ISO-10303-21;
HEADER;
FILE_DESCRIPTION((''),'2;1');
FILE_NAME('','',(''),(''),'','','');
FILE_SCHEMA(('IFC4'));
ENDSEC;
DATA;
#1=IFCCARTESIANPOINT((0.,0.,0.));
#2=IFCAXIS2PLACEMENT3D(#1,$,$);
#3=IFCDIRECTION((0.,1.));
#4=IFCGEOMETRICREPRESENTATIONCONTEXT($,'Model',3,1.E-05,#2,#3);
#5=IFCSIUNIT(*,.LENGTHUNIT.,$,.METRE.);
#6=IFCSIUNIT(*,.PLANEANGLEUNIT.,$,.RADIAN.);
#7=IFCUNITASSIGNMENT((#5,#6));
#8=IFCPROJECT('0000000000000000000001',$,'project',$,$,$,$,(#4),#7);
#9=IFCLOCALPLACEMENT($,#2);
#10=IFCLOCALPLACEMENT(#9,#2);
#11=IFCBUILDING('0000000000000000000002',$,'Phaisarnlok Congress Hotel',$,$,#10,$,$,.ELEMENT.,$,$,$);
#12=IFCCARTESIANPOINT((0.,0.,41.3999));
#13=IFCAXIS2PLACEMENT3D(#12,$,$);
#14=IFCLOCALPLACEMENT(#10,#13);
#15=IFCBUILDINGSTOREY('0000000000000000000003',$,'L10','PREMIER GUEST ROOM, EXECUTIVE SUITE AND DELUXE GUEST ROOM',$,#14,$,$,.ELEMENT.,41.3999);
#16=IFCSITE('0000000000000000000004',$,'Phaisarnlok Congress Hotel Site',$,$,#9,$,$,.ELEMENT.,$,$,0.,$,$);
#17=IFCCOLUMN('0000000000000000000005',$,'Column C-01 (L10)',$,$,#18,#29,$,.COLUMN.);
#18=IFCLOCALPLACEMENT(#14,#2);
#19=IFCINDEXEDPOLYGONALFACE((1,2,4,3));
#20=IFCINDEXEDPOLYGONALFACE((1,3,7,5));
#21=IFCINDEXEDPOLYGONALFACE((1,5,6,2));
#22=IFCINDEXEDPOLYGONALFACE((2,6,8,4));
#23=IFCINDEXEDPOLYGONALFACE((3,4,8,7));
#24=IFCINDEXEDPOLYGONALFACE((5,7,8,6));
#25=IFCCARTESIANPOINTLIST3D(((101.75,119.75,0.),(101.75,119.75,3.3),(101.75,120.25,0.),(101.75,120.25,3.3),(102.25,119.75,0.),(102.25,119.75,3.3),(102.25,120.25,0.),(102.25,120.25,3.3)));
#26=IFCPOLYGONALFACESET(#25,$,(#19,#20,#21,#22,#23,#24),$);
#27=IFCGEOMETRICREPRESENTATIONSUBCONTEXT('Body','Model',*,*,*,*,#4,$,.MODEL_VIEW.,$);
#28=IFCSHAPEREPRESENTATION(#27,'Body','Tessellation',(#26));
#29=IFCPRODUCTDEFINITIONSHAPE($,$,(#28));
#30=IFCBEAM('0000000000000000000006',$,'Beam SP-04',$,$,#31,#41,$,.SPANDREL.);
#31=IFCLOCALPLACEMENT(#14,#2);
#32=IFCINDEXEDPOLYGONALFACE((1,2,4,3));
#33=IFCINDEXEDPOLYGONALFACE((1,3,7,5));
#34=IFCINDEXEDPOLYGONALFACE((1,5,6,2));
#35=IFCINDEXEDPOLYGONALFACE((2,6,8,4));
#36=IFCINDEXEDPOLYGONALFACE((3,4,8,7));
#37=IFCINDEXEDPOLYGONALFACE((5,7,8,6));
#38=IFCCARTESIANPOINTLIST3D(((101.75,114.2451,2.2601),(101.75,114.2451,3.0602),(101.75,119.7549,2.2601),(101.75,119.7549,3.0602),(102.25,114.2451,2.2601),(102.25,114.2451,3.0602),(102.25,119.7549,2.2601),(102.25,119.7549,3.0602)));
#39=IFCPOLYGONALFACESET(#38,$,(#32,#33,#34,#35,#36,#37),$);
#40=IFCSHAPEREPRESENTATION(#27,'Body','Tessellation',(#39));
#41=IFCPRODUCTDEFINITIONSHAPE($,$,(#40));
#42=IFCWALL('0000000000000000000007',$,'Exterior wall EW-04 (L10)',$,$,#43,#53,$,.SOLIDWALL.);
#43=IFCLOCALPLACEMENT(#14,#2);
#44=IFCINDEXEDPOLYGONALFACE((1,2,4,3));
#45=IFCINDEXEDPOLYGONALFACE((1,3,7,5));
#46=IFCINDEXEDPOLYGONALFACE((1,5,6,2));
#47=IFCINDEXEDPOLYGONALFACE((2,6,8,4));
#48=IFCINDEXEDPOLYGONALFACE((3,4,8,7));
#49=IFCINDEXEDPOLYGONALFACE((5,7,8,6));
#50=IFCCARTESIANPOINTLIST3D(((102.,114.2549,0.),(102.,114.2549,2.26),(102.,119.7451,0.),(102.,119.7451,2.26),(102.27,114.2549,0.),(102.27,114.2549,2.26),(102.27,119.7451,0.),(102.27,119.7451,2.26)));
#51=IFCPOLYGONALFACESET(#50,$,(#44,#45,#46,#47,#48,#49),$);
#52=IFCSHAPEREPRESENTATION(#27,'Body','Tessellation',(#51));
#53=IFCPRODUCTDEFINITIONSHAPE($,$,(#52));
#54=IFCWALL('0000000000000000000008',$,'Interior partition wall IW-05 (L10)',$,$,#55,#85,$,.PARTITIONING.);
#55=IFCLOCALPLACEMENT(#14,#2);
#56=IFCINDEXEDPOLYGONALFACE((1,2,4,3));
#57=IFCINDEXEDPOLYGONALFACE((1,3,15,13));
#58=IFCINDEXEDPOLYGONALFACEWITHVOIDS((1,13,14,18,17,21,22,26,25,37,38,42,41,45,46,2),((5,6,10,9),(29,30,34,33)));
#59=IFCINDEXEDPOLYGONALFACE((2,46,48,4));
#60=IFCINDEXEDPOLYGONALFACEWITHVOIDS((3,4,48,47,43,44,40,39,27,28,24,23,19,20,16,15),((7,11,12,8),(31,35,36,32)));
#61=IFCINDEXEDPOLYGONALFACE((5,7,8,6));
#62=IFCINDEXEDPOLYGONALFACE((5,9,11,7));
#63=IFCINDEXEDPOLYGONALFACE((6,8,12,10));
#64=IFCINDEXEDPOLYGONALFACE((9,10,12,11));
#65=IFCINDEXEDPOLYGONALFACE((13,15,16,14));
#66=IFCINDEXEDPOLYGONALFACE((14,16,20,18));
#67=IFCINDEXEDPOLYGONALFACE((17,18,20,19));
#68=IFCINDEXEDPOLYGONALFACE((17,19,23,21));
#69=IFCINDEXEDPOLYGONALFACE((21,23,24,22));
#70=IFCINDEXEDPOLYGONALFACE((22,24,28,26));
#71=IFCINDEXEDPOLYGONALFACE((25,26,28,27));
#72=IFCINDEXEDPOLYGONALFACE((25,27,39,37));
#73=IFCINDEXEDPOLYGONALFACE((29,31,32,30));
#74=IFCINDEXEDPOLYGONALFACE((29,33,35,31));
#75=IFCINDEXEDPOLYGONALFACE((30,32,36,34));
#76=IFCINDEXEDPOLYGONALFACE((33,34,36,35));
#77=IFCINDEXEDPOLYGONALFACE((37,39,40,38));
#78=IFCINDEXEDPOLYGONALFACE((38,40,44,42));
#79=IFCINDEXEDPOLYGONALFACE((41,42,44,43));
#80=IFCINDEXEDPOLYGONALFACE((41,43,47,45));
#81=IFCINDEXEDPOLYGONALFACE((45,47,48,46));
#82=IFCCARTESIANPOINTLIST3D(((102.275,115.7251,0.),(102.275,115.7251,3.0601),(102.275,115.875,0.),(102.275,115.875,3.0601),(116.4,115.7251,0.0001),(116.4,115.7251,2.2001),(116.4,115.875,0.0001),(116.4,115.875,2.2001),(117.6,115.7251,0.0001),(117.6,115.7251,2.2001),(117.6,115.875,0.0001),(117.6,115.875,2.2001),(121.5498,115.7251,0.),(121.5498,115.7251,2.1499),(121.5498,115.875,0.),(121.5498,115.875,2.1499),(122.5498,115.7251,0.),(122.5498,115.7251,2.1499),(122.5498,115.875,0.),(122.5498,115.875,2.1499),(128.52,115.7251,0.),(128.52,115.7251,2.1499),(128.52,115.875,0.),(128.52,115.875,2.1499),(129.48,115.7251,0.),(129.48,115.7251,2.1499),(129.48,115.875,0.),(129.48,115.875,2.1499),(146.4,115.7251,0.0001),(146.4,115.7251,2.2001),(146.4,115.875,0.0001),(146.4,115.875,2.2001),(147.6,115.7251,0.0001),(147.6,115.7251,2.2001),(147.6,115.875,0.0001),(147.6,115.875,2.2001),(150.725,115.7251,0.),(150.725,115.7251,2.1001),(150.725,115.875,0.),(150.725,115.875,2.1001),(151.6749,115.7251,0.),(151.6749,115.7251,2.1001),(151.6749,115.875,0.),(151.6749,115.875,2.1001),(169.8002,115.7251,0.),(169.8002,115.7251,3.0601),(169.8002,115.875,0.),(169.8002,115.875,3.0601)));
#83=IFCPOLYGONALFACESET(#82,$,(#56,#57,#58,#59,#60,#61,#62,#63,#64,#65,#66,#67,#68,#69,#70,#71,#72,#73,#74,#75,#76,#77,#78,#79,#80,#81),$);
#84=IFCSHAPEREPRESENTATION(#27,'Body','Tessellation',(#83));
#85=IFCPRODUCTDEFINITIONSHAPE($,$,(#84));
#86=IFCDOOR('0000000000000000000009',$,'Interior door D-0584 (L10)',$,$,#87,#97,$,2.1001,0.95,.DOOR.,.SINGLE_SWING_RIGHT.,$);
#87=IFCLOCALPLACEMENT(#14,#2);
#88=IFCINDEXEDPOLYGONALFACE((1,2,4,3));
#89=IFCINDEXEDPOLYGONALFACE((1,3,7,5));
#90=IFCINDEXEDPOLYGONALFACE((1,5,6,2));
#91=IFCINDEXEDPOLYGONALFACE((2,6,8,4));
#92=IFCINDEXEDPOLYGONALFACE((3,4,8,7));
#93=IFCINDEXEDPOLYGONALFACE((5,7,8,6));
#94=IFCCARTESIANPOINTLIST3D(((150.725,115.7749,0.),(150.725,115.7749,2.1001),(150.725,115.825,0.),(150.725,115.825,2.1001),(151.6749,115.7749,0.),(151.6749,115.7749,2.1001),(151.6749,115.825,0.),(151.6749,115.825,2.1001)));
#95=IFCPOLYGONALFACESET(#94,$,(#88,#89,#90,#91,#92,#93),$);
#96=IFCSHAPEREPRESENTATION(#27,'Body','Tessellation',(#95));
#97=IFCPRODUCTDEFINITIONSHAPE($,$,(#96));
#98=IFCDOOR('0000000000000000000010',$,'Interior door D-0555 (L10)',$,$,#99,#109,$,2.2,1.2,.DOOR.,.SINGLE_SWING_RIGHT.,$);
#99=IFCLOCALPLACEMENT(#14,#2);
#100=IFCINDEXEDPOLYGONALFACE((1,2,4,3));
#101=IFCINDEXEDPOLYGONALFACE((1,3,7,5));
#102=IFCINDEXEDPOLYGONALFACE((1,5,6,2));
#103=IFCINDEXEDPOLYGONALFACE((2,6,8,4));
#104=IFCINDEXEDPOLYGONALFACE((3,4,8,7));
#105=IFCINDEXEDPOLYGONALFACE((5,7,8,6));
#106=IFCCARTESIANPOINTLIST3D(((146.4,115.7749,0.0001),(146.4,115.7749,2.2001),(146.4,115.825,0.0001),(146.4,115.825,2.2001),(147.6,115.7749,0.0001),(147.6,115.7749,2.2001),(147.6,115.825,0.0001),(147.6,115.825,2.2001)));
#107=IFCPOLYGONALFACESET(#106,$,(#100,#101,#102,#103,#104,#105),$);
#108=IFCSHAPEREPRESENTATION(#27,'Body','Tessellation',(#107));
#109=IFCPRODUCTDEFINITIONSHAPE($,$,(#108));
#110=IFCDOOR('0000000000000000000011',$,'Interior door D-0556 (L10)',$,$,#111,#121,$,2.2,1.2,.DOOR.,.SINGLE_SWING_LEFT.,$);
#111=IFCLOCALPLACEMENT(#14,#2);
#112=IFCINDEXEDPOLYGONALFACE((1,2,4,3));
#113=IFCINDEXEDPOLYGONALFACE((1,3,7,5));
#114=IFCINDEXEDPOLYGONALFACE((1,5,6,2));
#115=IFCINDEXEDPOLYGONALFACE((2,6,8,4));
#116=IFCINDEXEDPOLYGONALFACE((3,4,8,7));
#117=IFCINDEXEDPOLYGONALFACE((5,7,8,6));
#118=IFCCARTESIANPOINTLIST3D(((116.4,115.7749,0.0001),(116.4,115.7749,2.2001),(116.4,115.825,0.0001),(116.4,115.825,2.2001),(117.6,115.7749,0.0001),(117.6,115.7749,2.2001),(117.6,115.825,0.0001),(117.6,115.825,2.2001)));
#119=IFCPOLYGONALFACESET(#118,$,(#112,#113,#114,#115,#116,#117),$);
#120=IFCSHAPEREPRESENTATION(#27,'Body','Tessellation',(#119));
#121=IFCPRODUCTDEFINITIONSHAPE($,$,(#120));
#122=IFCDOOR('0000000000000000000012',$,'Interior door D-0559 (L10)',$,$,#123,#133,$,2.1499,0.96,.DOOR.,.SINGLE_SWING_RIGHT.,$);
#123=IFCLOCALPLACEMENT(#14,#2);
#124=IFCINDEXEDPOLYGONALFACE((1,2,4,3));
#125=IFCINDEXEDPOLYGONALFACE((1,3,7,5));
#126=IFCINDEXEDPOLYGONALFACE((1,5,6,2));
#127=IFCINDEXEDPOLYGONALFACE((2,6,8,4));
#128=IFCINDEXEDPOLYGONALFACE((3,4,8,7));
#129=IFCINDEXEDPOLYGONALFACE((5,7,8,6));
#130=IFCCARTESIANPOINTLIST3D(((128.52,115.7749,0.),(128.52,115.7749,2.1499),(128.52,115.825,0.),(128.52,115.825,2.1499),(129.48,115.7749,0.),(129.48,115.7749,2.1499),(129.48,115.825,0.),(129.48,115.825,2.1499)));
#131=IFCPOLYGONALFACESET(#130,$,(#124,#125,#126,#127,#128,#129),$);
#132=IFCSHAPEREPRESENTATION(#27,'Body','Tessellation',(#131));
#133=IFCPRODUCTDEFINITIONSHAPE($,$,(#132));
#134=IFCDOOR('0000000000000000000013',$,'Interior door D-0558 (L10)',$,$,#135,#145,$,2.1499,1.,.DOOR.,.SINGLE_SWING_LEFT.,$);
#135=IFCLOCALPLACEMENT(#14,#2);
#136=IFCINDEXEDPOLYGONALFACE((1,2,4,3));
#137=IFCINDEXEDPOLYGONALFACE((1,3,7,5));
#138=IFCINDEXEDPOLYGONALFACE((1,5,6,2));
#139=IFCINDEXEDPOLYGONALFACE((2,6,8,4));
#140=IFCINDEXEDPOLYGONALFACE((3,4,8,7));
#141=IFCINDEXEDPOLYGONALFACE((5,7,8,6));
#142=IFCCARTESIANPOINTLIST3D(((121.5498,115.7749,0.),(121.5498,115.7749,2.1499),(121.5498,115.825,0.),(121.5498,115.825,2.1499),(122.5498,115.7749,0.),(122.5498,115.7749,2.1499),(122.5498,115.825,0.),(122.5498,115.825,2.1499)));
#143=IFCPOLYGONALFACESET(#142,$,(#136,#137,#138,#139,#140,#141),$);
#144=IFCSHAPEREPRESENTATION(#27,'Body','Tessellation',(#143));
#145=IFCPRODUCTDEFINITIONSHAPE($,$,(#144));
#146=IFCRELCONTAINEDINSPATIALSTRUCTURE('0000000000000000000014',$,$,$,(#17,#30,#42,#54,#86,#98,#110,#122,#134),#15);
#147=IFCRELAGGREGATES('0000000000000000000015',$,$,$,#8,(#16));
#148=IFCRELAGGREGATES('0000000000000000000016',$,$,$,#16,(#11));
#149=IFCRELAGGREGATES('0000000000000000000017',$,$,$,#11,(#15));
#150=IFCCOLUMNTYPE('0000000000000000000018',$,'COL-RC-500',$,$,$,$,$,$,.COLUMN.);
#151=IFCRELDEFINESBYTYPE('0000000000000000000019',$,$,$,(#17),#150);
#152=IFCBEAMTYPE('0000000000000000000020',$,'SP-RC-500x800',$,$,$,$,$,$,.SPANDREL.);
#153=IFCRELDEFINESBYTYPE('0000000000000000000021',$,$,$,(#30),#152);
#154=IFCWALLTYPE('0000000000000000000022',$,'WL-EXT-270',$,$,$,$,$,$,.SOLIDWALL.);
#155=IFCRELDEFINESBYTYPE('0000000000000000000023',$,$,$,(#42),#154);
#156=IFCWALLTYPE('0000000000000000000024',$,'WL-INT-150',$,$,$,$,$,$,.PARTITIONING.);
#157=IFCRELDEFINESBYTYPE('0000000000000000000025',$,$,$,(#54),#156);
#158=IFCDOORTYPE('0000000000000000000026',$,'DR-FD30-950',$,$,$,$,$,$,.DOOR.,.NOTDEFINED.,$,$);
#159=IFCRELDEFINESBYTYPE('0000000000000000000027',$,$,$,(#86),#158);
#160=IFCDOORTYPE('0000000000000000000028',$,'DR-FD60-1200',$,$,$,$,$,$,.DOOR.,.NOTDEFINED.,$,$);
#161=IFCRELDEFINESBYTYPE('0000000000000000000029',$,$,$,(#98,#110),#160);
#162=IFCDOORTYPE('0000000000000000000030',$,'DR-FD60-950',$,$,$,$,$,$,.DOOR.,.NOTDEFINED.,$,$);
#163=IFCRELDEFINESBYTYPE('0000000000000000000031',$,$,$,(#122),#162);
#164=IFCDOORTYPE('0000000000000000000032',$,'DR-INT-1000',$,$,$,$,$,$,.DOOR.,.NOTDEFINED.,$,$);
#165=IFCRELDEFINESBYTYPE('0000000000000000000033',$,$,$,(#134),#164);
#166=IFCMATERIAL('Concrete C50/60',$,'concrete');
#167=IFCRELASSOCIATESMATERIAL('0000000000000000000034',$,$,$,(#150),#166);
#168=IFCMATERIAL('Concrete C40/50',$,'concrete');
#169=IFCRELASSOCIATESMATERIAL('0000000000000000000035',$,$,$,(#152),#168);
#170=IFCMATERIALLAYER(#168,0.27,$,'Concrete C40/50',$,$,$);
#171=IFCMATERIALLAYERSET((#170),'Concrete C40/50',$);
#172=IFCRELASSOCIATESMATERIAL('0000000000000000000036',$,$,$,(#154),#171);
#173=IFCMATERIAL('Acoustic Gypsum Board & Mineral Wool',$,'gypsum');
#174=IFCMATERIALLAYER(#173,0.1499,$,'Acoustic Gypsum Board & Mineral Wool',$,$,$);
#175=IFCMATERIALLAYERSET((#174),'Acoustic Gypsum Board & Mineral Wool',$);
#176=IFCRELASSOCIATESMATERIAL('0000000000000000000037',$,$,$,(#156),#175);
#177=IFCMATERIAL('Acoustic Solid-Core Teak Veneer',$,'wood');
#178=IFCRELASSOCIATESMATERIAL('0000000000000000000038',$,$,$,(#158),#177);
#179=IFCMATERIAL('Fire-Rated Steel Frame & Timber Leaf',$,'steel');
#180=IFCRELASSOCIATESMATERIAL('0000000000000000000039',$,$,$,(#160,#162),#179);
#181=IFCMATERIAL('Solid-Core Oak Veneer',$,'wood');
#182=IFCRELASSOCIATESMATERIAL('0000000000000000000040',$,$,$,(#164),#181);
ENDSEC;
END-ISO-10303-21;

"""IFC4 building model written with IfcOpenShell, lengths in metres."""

from ifc_helpers import new_model, si_unit, direction, frame, frame_2d, origin, origin_2d, place, context, subcontext, project, spatial, rectangle, extrude, material, layer, layer_set, material_profile, profile_set, type_object, element, fill, save


model = new_model("IFC4")

# Units and contexts
model_context = context("Model", 3, precision=1e-05, world=origin(), true_north=direction((0.0, 1.0)))
body_context = subcontext(model_context, "Body", "Model", "MODEL_VIEW")
ifc_project = project(units=[si_unit("LENGTHUNIT", "METRE"), si_unit("PLANEANGLEUNIT", "RADIAN")], contexts=[model_context])

# Site, building, storey
site_placement = place(None, origin())
site = spatial("IfcSite", under=ifc_project, at=site_placement, Name="Phaisarnlok Congress Hotel Site", CompositionType="ELEMENT", RefElevation=0.0)
building_placement = place(site_placement, origin())
building = spatial("IfcBuilding", under=site, at=building_placement, Name="Phaisarnlok Congress Hotel", CompositionType="ELEMENT")
storey_placement = place(building_placement, frame((0.0, 0.0, 41.3999)))
storey = spatial("IfcBuildingStorey", under=building, at=storey_placement, Name="L10", Description="PREMIER GUEST ROOM, EXECUTIVE SUITE AND DELUXE GUEST ROOM", CompositionType="ELEMENT", Elevation=41.3999)

# Column
ifc_material_1 = material(Name="Concrete C50/60", Category="concrete")
ifc_material_profile_1 = material_profile(ifc_material_1, rectangle(XDim=0.5, YDim=0.5, at=origin_2d()), Name="RC 500x500")
ifc_profile_set_1 = profile_set([ifc_material_profile_1], Name="Concrete C50/60")
column_type = type_object("IfcColumnType", Name="COL-RC-500", PredefinedType="COLUMN", material=ifc_profile_set_1)
column_placement = place(storey_placement, frame((102.0, 120.0, 0.0), z_axis=(0.0, 0.0, 1.0), x_axis=(1.0, 0.0, 0.0)))
element("IfcColumn", 1, at=column_placement, inside=storey, type_object=column_type, Name="Column C-01 (L10)", PredefinedType="COLUMN", context=body_context, shape_type="SweptSolid", body=[
    extrude(rectangle(XDim=0.5, YDim=0.5, at=origin_2d()), origin(), (0.0, 0.0, 1.0), 3.3),
])

# Beam
ifc_material_2 = material(Name="Concrete C40/50", Category="concrete")
ifc_material_profile_2 = material_profile(ifc_material_2, rectangle(XDim=0.5, YDim=0.8, at=origin_2d()), Name="RC 500x800")
ifc_profile_set_2 = profile_set([ifc_material_profile_2], Name="Concrete C40/50")
beam_type = type_object("IfcBeamType", Name="SP-RC-500x800", PredefinedType="SPANDREL", material=ifc_profile_set_2)
beam_placement = place(storey_placement, frame((102.0, 114.2451, 2.6602), z_axis=(0.0, 1.0, 0.0), x_axis=(-1.0, 0.0, 0.0)))
element("IfcBeam", 2, at=beam_placement, inside=storey, type_object=beam_type, Name="Beam SP-04", PredefinedType="SPANDREL", context=body_context, shape_type="SweptSolid", body=[
    extrude(rectangle(XDim=0.5, YDim=0.8, at=origin_2d()), origin(), (0.0, 0.0, 1.0), 5.5098),
])

# Wall
ifc_layer_1 = layer(ifc_material_2, 0.27, Name="Concrete C40/50")
ifc_layer_set_1 = layer_set([ifc_layer_1], Name="Concrete C40/50")
wall_type_1 = type_object("IfcWallType", Name="WL-EXT-270", PredefinedType="SOLIDWALL", material=ifc_layer_set_1)
wall_1_placement = place(storey_placement, frame((102.135, 119.7451, 0.0), z_axis=(0.0, 0.0, 1.0), x_axis=(0.0, -1.0, 0.0)))
element("IfcWall", 3, at=wall_1_placement, inside=storey, type_object=wall_type_1, Name="Exterior wall EW-04 (L10)", PredefinedType="SOLIDWALL", context=body_context, shape_type="SweptSolid", body=[
    extrude(rectangle(XDim=5.4902, YDim=0.27, at=frame_2d((2.7451, 0.0))), origin(), (0.0, 0.0, 1.0), 2.26),
])

# Wall, openings, doors
ifc_material_3 = material(Name="Acoustic Gypsum Board & Mineral Wool", Category="gypsum")
ifc_layer_2 = layer(ifc_material_3, 0.1499, Name="Acoustic Gypsum Board & Mineral Wool")
ifc_layer_set_2 = layer_set([ifc_layer_2], Name="Acoustic Gypsum Board & Mineral Wool")
wall_type_2 = type_object("IfcWallType", Name="WL-INT-150", PredefinedType="PARTITIONING", material=ifc_layer_set_2)
wall_2_placement = place(storey_placement, frame((102.2749, 115.8, 0.0), z_axis=(0.0, 0.0, 1.0), x_axis=(1.0, 0.0, 0.0)))
wall_2 = element("IfcWall", 4, at=wall_2_placement, inside=storey, type_object=wall_type_2, Name="Interior partition wall IW-05 (L10)", PredefinedType="PARTITIONING", context=body_context, shape_type="SweptSolid", body=[
    extrude(rectangle(XDim=67.5251, YDim=0.1499, at=frame_2d((33.7627, 0.0))), origin(), (0.0, 0.0, 1.0), 3.0601),
])
opening_1_placement = place(wall_2_placement, frame((44.125, 0.0, 0.0)))
opening_1 = element("IfcOpeningElement", 5, at=opening_1_placement, cuts=wall_2, PredefinedType="OPENING", context=body_context, shape_type="SweptSolid", body=[
    extrude(rectangle(XDim=1.2, YDim=2.2, at=frame_2d((0.6001, 1.1001))), frame((0.0, 0.085, 0.0), z_axis=(0.0, -1.0, 0.0), x_axis=(1.0, 0.0, 0.0)), (0.0, 0.0, 1.0), 0.1699),
])
opening_2_placement = place(wall_2_placement, frame((14.125, 0.0, 0.0)))
opening_2 = element("IfcOpeningElement", 6, at=opening_2_placement, cuts=wall_2, PredefinedType="OPENING", context=body_context, shape_type="SweptSolid", body=[
    extrude(rectangle(XDim=1.2, YDim=2.2, at=frame_2d((0.6001, 1.1001))), frame((0.0, 0.085, 0.0), z_axis=(0.0, -1.0, 0.0), x_axis=(1.0, 0.0, 0.0)), (0.0, 0.0, 1.0), 0.1699),
])
opening_3_placement = place(wall_2_placement, frame((19.2749, 0.0, 0.0)))
opening_3 = element("IfcOpeningElement", 7, at=opening_3_placement, cuts=wall_2, PredefinedType="OPENING", context=body_context, shape_type="SweptSolid", body=[
    extrude(rectangle(XDim=1.0, YDim=2.1499, at=frame_2d((0.5, 1.075))), frame((0.0, 0.085, 0.0), z_axis=(0.0, -1.0, 0.0), x_axis=(1.0, 0.0, 0.0)), (0.0, 0.0, 1.0), 0.1699),
])
opening_4_placement = place(wall_2_placement, frame((26.2451, 0.0, 0.0)))
opening_4 = element("IfcOpeningElement", 8, at=opening_4_placement, cuts=wall_2, PredefinedType="OPENING", context=body_context, shape_type="SweptSolid", body=[
    extrude(rectangle(XDim=0.96, YDim=2.1499, at=frame_2d((0.48, 1.075))), frame((0.0, 0.085, 0.0), z_axis=(0.0, -1.0, 0.0), x_axis=(1.0, 0.0, 0.0)), (0.0, 0.0, 1.0), 0.1699),
])
opening_5_placement = place(wall_2_placement, frame((48.45, 0.0, 0.0)))
opening_5 = element("IfcOpeningElement", 9, at=opening_5_placement, cuts=wall_2, PredefinedType="OPENING", context=body_context, shape_type="SweptSolid", body=[
    extrude(rectangle(XDim=0.95, YDim=2.1001, at=frame_2d((0.4751, 1.05))), frame((0.0, 0.085, 0.0), z_axis=(0.0, -1.0, 0.0), x_axis=(1.0, 0.0, 0.0)), (0.0, 0.0, 1.0), 0.1699),
])
ifc_material_4 = material(Name="Acoustic Solid-Core Teak Veneer", Category="wood")
door_type_1 = type_object("IfcDoorType", Name="DR-FD30-950", OperationType="NOTDEFINED", PredefinedType="DOOR", material=ifc_material_4)
door_1_placement = place(opening_5_placement, origin())
door_1 = element("IfcDoor", 10, at=door_1_placement, inside=storey, type_object=door_type_1, Name="Interior door D-0584 (L10)", OperationType="SINGLE_SWING_RIGHT", OverallHeight=2.1001, OverallWidth=0.95, PredefinedType="DOOR", context=body_context, shape_type="SweptSolid", body=[
    extrude(rectangle(XDim=0.95, YDim=2.1001, at=frame_2d((0.4751, 1.05))), frame((0.0, 0.0249, 0.0), z_axis=(0.0, -1.0, 0.0), x_axis=(1.0, 0.0, 0.0)), (0.0, 0.0, 1.0), 0.05),
])
fill(opening_5, door_1)
ifc_material_5 = material(Name="Fire-Rated Steel Frame & Timber Leaf", Category="steel")
door_type_2 = type_object("IfcDoorType", Name="DR-FD60-1200", OperationType="NOTDEFINED", PredefinedType="DOOR", material=ifc_material_5)
door_2_placement = place(opening_1_placement, origin())
door_2 = element("IfcDoor", 11, at=door_2_placement, inside=storey, type_object=door_type_2, Name="Interior door D-0555 (L10)", OperationType="SINGLE_SWING_RIGHT", OverallHeight=2.2, OverallWidth=1.2, PredefinedType="DOOR", context=body_context, shape_type="SweptSolid", body=[
    extrude(rectangle(XDim=1.2, YDim=2.2, at=frame_2d((0.6001, 1.1001))), frame((0.0, 0.0249, 0.0), z_axis=(0.0, -1.0, 0.0), x_axis=(1.0, 0.0, 0.0)), (0.0, 0.0, 1.0), 0.05),
])
fill(opening_1, door_2)
door_3_placement = place(opening_2_placement, origin())
door_3 = element("IfcDoor", 12, at=door_3_placement, inside=storey, type_object=door_type_2, Name="Interior door D-0556 (L10)", OperationType="SINGLE_SWING_LEFT", OverallHeight=2.2, OverallWidth=1.2, PredefinedType="DOOR", context=body_context, shape_type="SweptSolid", body=[
    extrude(rectangle(XDim=1.2, YDim=2.2, at=frame_2d((0.6001, 1.1001))), frame((0.0, 0.0249, 0.0), z_axis=(0.0, -1.0, 0.0), x_axis=(1.0, 0.0, 0.0)), (0.0, 0.0, 1.0), 0.05),
])
fill(opening_2, door_3)
door_type_3 = type_object("IfcDoorType", Name="DR-FD60-950", OperationType="NOTDEFINED", PredefinedType="DOOR", material=ifc_material_5)
door_4_placement = place(opening_4_placement, origin())
door_4 = element("IfcDoor", 13, at=door_4_placement, inside=storey, type_object=door_type_3, Name="Interior door D-0559 (L10)", OperationType="SINGLE_SWING_RIGHT", OverallHeight=2.1499, OverallWidth=0.96, PredefinedType="DOOR", context=body_context, shape_type="SweptSolid", body=[
    extrude(rectangle(XDim=0.96, YDim=2.1499, at=frame_2d((0.48, 1.075))), frame((0.0, 0.0249, 0.0), z_axis=(0.0, -1.0, 0.0), x_axis=(1.0, 0.0, 0.0)), (0.0, 0.0, 1.0), 0.05),
])
fill(opening_4, door_4)
ifc_material_6 = material(Name="Solid-Core Oak Veneer", Category="wood")
door_type_4 = type_object("IfcDoorType", Name="DR-INT-1000", OperationType="NOTDEFINED", PredefinedType="DOOR", material=ifc_material_6)
door_5_placement = place(opening_3_placement, origin())
door_5 = element("IfcDoor", 14, at=door_5_placement, inside=storey, type_object=door_type_4, Name="Interior door D-0558 (L10)", OperationType="SINGLE_SWING_LEFT", OverallHeight=2.1499, OverallWidth=1.0, PredefinedType="DOOR", context=body_context, shape_type="SweptSolid", body=[
    extrude(rectangle(XDim=1.0, YDim=2.1499, at=frame_2d((0.5, 1.075))), frame((0.0, 0.0249, 0.0), z_axis=(0.0, -1.0, 0.0), x_axis=(1.0, 0.0, 0.0)), (0.0, 0.0, 1.0), 0.05),
])
fill(opening_3, door_5)

save(model, "model.ifc")
